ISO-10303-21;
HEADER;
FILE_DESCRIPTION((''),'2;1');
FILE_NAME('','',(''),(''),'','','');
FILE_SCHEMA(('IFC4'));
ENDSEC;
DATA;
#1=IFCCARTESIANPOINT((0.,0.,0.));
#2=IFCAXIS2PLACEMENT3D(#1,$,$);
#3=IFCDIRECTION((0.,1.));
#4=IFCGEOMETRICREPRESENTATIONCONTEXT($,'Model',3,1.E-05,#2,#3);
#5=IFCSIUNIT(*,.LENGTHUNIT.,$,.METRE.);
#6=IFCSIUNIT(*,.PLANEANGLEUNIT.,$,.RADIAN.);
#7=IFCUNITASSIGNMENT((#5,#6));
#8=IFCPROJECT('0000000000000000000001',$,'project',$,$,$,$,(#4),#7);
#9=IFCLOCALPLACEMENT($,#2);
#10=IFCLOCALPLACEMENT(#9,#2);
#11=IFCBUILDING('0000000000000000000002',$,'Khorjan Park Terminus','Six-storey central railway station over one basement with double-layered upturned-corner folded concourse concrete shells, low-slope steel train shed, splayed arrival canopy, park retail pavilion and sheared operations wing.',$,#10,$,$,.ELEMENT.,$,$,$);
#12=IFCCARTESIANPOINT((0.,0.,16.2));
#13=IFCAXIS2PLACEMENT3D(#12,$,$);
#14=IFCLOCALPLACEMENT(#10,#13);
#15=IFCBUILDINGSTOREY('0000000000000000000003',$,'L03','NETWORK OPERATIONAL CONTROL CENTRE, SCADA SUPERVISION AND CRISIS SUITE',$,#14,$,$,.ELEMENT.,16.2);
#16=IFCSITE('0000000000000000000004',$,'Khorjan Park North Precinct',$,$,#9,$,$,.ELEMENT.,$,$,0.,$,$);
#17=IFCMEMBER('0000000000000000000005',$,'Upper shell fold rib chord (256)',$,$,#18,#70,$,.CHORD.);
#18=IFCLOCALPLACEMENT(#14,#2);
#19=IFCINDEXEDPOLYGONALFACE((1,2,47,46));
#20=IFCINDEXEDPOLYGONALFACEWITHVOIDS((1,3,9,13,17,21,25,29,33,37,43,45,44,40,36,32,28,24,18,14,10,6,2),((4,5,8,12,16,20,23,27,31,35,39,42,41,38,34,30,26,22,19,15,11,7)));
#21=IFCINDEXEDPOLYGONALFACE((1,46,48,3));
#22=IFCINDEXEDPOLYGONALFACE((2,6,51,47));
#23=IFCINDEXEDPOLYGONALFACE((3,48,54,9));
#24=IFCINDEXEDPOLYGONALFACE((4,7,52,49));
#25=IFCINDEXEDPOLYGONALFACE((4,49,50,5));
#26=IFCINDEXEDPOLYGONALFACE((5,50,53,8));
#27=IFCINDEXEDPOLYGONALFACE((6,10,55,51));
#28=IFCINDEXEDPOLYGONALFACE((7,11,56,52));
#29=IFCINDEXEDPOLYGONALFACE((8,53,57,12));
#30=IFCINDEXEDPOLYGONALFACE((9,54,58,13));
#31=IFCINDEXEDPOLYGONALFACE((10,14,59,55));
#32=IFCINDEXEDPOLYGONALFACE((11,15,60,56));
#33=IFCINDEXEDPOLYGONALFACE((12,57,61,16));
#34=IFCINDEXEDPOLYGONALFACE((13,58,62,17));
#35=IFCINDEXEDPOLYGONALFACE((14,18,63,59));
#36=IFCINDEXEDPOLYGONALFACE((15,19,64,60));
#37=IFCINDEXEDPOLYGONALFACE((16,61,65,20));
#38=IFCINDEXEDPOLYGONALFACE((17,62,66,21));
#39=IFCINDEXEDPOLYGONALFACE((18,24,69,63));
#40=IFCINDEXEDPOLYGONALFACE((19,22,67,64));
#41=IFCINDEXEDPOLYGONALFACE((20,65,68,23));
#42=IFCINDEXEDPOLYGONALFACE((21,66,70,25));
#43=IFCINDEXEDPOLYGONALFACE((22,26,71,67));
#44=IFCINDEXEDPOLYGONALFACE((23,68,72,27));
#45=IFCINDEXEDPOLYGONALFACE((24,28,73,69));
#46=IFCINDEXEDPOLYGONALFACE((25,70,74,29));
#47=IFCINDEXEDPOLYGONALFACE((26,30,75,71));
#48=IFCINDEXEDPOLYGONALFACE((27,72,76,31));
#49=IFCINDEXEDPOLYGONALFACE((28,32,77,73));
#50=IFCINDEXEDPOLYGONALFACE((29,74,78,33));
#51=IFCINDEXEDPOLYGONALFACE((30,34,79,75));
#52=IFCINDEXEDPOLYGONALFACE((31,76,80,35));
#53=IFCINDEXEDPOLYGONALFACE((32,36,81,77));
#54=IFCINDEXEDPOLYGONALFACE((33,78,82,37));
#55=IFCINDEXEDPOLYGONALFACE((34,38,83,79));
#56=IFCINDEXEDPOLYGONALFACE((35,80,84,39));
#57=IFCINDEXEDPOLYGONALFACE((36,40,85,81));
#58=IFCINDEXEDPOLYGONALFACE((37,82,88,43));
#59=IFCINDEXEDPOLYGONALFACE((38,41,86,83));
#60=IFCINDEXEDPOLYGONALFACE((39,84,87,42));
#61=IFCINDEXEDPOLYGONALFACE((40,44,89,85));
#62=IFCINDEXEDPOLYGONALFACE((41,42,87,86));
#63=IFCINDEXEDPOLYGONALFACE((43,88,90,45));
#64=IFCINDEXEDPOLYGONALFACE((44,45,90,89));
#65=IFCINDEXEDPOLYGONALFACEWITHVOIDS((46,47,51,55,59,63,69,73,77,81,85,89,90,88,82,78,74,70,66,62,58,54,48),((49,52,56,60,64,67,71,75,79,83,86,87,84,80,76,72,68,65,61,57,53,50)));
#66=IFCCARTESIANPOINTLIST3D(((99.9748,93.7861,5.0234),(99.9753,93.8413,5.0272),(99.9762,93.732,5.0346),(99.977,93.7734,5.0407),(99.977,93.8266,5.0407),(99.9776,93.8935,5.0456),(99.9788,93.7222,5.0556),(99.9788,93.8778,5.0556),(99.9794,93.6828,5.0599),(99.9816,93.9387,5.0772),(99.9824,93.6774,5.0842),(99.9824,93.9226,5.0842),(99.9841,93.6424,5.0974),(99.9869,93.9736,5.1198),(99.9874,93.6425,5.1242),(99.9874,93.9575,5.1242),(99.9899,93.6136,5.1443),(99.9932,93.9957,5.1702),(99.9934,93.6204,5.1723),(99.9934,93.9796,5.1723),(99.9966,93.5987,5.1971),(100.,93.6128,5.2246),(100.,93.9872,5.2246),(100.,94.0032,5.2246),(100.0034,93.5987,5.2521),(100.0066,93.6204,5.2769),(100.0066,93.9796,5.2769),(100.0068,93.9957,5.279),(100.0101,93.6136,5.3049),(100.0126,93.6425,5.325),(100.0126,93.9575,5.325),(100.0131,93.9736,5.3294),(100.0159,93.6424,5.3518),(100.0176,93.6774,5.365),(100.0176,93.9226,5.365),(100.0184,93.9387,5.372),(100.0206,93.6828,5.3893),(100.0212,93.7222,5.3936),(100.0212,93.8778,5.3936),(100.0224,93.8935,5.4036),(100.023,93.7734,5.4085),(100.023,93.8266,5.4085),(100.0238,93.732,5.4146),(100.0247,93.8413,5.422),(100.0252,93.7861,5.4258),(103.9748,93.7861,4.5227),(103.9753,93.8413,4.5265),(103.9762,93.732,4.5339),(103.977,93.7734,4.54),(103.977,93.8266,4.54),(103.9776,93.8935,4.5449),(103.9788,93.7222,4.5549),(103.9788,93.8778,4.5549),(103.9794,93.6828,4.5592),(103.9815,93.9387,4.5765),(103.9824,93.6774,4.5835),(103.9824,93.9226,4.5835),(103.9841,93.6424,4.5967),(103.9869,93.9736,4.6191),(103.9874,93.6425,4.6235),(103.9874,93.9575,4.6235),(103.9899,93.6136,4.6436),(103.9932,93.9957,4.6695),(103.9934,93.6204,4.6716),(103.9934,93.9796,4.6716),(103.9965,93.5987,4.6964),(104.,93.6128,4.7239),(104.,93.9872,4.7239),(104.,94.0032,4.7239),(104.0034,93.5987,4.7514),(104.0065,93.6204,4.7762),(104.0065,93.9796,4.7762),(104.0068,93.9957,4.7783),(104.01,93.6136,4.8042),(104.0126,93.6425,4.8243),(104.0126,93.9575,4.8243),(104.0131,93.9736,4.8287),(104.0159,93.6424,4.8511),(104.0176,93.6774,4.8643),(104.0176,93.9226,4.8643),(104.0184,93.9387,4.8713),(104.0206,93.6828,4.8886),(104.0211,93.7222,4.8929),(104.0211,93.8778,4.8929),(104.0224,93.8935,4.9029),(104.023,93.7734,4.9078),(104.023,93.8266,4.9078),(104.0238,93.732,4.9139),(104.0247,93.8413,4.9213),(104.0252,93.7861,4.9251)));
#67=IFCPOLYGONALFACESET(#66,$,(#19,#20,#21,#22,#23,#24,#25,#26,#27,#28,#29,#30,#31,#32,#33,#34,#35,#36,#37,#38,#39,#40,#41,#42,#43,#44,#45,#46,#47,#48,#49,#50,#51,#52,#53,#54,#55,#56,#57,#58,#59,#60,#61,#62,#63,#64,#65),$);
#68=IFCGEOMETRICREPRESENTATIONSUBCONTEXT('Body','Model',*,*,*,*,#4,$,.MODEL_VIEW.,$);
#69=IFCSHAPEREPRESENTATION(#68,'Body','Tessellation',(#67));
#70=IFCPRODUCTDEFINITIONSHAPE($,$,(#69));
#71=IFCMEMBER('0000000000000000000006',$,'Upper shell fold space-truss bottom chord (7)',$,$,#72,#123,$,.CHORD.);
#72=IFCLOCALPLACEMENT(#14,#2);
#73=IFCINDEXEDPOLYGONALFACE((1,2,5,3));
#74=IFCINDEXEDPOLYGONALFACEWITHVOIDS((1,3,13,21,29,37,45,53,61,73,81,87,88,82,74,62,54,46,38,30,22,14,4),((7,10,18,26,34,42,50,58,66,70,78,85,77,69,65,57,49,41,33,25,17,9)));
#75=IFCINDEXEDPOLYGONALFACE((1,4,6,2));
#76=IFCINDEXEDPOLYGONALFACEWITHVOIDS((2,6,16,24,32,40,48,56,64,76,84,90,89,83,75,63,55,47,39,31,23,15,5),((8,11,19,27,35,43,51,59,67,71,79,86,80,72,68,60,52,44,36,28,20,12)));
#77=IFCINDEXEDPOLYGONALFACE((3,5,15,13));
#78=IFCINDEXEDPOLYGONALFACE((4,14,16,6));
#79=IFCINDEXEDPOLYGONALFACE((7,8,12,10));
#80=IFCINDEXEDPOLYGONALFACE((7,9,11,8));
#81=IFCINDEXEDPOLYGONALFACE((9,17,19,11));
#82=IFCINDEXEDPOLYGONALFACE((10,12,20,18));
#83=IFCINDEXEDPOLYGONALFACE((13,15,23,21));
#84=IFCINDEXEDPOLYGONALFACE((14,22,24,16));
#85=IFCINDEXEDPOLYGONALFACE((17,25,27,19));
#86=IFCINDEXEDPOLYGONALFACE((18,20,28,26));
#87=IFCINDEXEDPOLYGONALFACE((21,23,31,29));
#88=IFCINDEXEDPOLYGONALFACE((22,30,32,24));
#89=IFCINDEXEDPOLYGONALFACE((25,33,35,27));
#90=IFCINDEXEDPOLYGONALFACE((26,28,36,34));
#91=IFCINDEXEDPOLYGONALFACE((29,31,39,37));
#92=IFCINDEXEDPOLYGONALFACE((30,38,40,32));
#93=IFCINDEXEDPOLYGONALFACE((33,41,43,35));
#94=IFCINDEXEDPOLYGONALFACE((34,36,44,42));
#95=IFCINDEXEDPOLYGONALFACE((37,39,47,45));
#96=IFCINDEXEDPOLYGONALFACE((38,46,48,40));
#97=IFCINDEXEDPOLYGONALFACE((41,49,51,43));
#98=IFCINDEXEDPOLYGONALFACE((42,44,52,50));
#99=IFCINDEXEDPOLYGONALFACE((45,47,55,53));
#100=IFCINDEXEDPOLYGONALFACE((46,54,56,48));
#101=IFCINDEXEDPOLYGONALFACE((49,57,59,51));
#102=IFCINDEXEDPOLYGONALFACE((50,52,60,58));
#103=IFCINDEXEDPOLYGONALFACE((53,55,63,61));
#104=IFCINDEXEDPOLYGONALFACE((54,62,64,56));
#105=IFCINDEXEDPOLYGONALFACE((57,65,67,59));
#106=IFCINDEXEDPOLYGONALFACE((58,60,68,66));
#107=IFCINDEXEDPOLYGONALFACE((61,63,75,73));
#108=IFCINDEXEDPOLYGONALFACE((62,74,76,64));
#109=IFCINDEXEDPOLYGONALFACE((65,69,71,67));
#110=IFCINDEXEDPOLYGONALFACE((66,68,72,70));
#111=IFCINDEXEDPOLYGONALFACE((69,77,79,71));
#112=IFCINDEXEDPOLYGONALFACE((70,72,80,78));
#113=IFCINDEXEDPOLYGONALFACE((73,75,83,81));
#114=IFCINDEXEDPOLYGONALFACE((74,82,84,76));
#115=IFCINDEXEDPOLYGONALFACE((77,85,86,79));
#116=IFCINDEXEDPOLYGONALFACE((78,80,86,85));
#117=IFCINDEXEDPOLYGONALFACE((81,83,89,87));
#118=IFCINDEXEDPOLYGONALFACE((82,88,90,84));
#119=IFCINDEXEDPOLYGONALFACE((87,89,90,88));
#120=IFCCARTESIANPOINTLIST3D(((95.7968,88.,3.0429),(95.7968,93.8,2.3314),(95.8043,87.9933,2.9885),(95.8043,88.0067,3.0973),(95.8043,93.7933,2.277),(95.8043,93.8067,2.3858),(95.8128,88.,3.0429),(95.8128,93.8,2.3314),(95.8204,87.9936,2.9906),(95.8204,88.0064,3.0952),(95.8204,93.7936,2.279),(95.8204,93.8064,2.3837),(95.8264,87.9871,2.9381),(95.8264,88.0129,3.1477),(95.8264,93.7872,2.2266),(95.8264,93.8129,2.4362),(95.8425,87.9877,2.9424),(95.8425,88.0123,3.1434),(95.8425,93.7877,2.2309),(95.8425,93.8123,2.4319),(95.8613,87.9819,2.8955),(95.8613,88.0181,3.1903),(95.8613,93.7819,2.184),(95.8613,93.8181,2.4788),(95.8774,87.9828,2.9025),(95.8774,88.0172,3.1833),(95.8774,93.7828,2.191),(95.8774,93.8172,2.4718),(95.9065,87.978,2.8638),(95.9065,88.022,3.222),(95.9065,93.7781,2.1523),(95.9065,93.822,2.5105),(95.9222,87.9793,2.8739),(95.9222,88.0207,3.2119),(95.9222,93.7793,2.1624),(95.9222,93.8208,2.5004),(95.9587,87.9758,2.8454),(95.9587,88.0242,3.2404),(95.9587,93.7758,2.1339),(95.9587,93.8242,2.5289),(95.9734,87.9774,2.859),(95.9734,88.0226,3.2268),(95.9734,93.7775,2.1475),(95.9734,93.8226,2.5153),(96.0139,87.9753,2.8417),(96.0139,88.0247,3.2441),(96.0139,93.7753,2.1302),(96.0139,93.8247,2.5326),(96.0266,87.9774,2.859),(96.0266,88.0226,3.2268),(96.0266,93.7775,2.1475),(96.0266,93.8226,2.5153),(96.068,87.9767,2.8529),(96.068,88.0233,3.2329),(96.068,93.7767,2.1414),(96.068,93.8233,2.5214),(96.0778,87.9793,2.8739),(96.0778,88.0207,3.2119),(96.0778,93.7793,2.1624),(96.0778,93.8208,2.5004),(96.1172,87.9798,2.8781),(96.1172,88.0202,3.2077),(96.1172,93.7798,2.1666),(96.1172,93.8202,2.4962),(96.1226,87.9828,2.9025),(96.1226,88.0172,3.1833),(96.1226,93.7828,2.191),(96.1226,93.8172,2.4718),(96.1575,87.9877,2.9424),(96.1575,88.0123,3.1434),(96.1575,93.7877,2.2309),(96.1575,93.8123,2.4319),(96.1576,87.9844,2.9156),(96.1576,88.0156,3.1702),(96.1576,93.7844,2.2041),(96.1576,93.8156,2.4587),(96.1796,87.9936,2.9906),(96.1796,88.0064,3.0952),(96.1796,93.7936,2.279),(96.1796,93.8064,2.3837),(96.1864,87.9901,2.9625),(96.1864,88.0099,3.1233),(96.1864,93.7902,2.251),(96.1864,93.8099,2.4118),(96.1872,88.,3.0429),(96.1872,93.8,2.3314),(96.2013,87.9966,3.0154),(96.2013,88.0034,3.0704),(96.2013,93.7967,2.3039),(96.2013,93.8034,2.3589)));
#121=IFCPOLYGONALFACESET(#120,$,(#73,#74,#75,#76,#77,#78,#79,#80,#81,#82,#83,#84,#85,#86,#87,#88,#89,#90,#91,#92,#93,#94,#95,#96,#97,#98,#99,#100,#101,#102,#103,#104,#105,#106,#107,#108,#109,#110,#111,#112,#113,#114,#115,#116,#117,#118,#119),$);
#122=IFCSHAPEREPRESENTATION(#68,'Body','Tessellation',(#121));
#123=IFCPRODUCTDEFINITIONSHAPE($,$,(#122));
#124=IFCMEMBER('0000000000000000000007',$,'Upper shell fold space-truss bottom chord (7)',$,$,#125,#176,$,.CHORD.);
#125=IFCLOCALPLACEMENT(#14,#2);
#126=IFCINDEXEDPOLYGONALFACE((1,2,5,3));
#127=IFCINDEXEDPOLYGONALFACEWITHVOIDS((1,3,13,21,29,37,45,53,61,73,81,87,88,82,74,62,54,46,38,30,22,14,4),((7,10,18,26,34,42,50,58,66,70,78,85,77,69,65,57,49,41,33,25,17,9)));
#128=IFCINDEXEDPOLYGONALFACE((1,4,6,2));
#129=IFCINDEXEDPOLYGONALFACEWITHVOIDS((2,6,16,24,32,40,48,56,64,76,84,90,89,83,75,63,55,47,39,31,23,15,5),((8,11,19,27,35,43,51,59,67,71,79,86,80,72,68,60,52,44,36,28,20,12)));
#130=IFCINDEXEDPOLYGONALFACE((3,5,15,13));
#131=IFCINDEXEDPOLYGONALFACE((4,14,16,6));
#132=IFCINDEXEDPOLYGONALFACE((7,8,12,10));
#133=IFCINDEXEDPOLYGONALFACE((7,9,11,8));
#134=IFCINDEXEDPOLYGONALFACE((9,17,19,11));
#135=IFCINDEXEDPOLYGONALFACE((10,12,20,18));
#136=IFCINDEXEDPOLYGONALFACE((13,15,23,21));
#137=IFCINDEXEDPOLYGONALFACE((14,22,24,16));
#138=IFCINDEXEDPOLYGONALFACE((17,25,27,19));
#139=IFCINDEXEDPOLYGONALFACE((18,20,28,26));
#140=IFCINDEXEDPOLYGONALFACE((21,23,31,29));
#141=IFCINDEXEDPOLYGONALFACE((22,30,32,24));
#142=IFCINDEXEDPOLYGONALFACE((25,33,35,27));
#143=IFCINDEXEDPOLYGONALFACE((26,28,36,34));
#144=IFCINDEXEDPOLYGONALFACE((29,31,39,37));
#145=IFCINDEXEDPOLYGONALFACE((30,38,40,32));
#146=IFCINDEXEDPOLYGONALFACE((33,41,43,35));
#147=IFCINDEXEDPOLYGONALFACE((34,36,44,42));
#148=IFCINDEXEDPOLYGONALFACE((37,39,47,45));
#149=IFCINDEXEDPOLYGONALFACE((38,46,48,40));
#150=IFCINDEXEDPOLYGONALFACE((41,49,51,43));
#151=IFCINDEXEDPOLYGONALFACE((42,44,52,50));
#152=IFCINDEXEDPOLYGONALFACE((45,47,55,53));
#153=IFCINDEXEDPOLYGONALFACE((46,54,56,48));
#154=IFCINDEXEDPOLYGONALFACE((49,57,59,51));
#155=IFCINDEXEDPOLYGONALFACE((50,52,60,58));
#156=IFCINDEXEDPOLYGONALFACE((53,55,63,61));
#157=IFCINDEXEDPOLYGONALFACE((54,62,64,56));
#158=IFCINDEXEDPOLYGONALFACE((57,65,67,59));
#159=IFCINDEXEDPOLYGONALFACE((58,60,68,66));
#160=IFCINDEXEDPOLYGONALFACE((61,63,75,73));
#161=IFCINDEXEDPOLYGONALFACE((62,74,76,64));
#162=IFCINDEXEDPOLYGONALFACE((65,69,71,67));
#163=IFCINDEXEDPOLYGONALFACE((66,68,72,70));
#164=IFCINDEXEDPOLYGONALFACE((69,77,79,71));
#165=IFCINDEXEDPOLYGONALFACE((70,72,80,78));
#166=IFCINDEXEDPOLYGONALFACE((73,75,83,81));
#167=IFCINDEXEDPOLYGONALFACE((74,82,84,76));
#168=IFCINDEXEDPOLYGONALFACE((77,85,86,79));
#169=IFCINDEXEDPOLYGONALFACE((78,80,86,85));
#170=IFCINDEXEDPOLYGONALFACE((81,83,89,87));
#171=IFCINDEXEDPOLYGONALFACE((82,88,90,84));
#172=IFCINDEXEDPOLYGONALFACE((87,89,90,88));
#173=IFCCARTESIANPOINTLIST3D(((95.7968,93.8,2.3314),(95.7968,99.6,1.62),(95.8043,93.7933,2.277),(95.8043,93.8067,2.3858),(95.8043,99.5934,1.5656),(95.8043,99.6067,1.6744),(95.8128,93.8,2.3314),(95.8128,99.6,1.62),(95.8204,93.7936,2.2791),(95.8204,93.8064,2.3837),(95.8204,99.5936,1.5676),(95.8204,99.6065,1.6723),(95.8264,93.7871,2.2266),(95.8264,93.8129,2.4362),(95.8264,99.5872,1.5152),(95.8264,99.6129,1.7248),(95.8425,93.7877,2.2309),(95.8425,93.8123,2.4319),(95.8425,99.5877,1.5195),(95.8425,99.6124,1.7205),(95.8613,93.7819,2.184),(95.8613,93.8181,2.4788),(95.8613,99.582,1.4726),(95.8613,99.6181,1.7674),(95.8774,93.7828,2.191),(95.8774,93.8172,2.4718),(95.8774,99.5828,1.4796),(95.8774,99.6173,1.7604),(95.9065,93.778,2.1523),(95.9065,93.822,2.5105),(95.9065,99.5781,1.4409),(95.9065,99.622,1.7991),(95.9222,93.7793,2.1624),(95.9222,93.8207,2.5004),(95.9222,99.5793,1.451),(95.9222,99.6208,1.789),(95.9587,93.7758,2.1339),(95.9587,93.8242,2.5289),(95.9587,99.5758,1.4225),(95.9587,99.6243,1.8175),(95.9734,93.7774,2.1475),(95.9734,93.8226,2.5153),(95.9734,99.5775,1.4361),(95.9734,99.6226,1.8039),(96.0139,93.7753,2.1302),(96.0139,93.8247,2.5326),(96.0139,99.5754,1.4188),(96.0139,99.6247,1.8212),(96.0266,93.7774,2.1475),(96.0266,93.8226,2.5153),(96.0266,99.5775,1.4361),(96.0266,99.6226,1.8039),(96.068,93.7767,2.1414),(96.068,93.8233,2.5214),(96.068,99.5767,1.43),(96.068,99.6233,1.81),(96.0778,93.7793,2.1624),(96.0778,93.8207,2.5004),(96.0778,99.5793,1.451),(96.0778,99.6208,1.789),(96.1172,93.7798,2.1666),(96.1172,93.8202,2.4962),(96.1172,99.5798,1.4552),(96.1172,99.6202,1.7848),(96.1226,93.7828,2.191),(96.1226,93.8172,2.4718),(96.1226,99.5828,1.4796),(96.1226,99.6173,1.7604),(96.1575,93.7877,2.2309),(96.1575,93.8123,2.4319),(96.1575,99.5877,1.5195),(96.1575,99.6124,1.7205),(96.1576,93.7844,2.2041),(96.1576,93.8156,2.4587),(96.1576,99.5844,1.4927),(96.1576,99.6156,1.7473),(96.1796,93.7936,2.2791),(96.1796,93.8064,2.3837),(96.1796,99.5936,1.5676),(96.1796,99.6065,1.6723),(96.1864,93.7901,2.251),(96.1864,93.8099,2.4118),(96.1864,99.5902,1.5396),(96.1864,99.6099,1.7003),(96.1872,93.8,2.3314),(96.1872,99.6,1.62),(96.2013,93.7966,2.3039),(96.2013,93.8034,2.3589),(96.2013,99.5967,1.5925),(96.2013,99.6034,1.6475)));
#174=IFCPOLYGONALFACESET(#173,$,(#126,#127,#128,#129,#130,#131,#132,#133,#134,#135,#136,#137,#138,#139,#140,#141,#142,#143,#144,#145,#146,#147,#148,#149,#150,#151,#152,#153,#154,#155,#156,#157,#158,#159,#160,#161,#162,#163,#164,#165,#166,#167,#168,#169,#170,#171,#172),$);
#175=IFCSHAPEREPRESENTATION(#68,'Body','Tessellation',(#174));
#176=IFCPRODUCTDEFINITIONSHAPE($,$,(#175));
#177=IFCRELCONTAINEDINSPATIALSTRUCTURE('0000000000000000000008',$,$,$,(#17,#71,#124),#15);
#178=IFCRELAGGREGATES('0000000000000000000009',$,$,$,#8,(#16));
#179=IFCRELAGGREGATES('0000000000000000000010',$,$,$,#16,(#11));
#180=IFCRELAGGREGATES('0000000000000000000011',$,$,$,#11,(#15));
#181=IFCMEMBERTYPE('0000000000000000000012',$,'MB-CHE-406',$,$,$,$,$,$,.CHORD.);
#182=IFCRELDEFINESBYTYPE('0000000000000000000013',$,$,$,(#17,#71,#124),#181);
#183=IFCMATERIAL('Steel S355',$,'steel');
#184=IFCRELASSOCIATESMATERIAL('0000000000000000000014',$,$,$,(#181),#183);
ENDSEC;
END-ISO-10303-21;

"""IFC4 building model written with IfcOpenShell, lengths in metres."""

from ifc_helpers import new_model, si_unit, direction, frame, origin, origin_2d, place, context, subcontext, project, spatial, hollow_circle, extrude, material, material_profile, profile_set, type_object, element, save


model = new_model("IFC4")

# Units and contexts
model_context = context("Model", 3, precision=1e-05, world=origin(), true_north=direction((0.0, 1.0)))
body_context = subcontext(model_context, "Body", "Model", "MODEL_VIEW")
ifc_project = project(units=[si_unit("LENGTHUNIT", "METRE"), si_unit("PLANEANGLEUNIT", "RADIAN")], contexts=[model_context])

# Site, building, storey
site_placement = place(None, origin())
site = spatial("IfcSite", under=ifc_project, at=site_placement, Name="Khorjan Park North Precinct", CompositionType="ELEMENT", RefElevation=0.0)
building_placement = place(site_placement, origin())
building = spatial("IfcBuilding", under=site, at=building_placement, Name="Khorjan Park Terminus", Description="Six-storey central railway station over one basement with double-layered upturned-corner folded concourse concrete shells, low-slope steel train shed, splayed arrival canopy, park retail pavilion and sheared operations wing.", CompositionType="ELEMENT")
storey_placement = place(building_placement, frame((0.0, 0.0, 16.2)))
storey = spatial("IfcBuildingStorey", under=building, at=storey_placement, Name="L03", Description="NETWORK OPERATIONAL CONTROL CENTRE, SCADA SUPERVISION AND CRISIS SUITE", CompositionType="ELEMENT", Elevation=16.2)

# Members
ifc_material_1 = material(Name="Steel S355", Category="steel")
ifc_material_profile_1 = material_profile(ifc_material_1, hollow_circle(Radius=0.2032, WallThickness=0.016, at=origin_2d()), Name="CHS 406.4x16")
ifc_profile_set_1 = profile_set([ifc_material_profile_1], Name="Steel S355")
member_type_1 = type_object("IfcMemberType", Name="MB-CHE-406", PredefinedType="CHORD", material=ifc_profile_set_1)
member_1_placement = place(storey_placement, frame((100.0, 93.8, 5.2246), z_axis=(0.992256, 0.0, -0.124206), x_axis=(0.0, 1.0, 0.0)))
element("IfcMember", 1, at=member_1_placement, inside=storey, type_object=member_type_1, Name="Upper shell fold rib chord (256)", PredefinedType="CHORD", context=body_context, shape_type="SweptSolid", body=[
    extrude(hollow_circle(Radius=0.2032, WallThickness=0.016, at=origin_2d()), origin(), (0.0, 0.0, 1.0), 4.0312),
])
for number, where, z_axis, x_axis, name in (
    (2, (96.0, 88.0, 3.0429), (0.0, 0.99256, -0.12176), (-1.0, 0.0, 0.0), "Upper shell fold space-truss bottom chord (7)"),
    (3, (96.0, 93.8, 2.3314), (0.0, 0.992562, -0.121743), (-1.0, 0.0, 0.0), "Upper shell fold space-truss bottom chord (7)"),
):
    element("IfcMember", number, at=place(storey_placement, frame(where, z_axis=z_axis, x_axis=x_axis)), inside=storey, type_object=member_type_1, Name=name, PredefinedType="CHORD", context=body_context, shape_type="SweptSolid", body=[
        extrude(hollow_circle(Radius=0.2032, WallThickness=0.016, at=origin_2d()), origin(), (0.0, 0.0, 1.0), 5.8435),
    ])

save(model, "model.ifc")
